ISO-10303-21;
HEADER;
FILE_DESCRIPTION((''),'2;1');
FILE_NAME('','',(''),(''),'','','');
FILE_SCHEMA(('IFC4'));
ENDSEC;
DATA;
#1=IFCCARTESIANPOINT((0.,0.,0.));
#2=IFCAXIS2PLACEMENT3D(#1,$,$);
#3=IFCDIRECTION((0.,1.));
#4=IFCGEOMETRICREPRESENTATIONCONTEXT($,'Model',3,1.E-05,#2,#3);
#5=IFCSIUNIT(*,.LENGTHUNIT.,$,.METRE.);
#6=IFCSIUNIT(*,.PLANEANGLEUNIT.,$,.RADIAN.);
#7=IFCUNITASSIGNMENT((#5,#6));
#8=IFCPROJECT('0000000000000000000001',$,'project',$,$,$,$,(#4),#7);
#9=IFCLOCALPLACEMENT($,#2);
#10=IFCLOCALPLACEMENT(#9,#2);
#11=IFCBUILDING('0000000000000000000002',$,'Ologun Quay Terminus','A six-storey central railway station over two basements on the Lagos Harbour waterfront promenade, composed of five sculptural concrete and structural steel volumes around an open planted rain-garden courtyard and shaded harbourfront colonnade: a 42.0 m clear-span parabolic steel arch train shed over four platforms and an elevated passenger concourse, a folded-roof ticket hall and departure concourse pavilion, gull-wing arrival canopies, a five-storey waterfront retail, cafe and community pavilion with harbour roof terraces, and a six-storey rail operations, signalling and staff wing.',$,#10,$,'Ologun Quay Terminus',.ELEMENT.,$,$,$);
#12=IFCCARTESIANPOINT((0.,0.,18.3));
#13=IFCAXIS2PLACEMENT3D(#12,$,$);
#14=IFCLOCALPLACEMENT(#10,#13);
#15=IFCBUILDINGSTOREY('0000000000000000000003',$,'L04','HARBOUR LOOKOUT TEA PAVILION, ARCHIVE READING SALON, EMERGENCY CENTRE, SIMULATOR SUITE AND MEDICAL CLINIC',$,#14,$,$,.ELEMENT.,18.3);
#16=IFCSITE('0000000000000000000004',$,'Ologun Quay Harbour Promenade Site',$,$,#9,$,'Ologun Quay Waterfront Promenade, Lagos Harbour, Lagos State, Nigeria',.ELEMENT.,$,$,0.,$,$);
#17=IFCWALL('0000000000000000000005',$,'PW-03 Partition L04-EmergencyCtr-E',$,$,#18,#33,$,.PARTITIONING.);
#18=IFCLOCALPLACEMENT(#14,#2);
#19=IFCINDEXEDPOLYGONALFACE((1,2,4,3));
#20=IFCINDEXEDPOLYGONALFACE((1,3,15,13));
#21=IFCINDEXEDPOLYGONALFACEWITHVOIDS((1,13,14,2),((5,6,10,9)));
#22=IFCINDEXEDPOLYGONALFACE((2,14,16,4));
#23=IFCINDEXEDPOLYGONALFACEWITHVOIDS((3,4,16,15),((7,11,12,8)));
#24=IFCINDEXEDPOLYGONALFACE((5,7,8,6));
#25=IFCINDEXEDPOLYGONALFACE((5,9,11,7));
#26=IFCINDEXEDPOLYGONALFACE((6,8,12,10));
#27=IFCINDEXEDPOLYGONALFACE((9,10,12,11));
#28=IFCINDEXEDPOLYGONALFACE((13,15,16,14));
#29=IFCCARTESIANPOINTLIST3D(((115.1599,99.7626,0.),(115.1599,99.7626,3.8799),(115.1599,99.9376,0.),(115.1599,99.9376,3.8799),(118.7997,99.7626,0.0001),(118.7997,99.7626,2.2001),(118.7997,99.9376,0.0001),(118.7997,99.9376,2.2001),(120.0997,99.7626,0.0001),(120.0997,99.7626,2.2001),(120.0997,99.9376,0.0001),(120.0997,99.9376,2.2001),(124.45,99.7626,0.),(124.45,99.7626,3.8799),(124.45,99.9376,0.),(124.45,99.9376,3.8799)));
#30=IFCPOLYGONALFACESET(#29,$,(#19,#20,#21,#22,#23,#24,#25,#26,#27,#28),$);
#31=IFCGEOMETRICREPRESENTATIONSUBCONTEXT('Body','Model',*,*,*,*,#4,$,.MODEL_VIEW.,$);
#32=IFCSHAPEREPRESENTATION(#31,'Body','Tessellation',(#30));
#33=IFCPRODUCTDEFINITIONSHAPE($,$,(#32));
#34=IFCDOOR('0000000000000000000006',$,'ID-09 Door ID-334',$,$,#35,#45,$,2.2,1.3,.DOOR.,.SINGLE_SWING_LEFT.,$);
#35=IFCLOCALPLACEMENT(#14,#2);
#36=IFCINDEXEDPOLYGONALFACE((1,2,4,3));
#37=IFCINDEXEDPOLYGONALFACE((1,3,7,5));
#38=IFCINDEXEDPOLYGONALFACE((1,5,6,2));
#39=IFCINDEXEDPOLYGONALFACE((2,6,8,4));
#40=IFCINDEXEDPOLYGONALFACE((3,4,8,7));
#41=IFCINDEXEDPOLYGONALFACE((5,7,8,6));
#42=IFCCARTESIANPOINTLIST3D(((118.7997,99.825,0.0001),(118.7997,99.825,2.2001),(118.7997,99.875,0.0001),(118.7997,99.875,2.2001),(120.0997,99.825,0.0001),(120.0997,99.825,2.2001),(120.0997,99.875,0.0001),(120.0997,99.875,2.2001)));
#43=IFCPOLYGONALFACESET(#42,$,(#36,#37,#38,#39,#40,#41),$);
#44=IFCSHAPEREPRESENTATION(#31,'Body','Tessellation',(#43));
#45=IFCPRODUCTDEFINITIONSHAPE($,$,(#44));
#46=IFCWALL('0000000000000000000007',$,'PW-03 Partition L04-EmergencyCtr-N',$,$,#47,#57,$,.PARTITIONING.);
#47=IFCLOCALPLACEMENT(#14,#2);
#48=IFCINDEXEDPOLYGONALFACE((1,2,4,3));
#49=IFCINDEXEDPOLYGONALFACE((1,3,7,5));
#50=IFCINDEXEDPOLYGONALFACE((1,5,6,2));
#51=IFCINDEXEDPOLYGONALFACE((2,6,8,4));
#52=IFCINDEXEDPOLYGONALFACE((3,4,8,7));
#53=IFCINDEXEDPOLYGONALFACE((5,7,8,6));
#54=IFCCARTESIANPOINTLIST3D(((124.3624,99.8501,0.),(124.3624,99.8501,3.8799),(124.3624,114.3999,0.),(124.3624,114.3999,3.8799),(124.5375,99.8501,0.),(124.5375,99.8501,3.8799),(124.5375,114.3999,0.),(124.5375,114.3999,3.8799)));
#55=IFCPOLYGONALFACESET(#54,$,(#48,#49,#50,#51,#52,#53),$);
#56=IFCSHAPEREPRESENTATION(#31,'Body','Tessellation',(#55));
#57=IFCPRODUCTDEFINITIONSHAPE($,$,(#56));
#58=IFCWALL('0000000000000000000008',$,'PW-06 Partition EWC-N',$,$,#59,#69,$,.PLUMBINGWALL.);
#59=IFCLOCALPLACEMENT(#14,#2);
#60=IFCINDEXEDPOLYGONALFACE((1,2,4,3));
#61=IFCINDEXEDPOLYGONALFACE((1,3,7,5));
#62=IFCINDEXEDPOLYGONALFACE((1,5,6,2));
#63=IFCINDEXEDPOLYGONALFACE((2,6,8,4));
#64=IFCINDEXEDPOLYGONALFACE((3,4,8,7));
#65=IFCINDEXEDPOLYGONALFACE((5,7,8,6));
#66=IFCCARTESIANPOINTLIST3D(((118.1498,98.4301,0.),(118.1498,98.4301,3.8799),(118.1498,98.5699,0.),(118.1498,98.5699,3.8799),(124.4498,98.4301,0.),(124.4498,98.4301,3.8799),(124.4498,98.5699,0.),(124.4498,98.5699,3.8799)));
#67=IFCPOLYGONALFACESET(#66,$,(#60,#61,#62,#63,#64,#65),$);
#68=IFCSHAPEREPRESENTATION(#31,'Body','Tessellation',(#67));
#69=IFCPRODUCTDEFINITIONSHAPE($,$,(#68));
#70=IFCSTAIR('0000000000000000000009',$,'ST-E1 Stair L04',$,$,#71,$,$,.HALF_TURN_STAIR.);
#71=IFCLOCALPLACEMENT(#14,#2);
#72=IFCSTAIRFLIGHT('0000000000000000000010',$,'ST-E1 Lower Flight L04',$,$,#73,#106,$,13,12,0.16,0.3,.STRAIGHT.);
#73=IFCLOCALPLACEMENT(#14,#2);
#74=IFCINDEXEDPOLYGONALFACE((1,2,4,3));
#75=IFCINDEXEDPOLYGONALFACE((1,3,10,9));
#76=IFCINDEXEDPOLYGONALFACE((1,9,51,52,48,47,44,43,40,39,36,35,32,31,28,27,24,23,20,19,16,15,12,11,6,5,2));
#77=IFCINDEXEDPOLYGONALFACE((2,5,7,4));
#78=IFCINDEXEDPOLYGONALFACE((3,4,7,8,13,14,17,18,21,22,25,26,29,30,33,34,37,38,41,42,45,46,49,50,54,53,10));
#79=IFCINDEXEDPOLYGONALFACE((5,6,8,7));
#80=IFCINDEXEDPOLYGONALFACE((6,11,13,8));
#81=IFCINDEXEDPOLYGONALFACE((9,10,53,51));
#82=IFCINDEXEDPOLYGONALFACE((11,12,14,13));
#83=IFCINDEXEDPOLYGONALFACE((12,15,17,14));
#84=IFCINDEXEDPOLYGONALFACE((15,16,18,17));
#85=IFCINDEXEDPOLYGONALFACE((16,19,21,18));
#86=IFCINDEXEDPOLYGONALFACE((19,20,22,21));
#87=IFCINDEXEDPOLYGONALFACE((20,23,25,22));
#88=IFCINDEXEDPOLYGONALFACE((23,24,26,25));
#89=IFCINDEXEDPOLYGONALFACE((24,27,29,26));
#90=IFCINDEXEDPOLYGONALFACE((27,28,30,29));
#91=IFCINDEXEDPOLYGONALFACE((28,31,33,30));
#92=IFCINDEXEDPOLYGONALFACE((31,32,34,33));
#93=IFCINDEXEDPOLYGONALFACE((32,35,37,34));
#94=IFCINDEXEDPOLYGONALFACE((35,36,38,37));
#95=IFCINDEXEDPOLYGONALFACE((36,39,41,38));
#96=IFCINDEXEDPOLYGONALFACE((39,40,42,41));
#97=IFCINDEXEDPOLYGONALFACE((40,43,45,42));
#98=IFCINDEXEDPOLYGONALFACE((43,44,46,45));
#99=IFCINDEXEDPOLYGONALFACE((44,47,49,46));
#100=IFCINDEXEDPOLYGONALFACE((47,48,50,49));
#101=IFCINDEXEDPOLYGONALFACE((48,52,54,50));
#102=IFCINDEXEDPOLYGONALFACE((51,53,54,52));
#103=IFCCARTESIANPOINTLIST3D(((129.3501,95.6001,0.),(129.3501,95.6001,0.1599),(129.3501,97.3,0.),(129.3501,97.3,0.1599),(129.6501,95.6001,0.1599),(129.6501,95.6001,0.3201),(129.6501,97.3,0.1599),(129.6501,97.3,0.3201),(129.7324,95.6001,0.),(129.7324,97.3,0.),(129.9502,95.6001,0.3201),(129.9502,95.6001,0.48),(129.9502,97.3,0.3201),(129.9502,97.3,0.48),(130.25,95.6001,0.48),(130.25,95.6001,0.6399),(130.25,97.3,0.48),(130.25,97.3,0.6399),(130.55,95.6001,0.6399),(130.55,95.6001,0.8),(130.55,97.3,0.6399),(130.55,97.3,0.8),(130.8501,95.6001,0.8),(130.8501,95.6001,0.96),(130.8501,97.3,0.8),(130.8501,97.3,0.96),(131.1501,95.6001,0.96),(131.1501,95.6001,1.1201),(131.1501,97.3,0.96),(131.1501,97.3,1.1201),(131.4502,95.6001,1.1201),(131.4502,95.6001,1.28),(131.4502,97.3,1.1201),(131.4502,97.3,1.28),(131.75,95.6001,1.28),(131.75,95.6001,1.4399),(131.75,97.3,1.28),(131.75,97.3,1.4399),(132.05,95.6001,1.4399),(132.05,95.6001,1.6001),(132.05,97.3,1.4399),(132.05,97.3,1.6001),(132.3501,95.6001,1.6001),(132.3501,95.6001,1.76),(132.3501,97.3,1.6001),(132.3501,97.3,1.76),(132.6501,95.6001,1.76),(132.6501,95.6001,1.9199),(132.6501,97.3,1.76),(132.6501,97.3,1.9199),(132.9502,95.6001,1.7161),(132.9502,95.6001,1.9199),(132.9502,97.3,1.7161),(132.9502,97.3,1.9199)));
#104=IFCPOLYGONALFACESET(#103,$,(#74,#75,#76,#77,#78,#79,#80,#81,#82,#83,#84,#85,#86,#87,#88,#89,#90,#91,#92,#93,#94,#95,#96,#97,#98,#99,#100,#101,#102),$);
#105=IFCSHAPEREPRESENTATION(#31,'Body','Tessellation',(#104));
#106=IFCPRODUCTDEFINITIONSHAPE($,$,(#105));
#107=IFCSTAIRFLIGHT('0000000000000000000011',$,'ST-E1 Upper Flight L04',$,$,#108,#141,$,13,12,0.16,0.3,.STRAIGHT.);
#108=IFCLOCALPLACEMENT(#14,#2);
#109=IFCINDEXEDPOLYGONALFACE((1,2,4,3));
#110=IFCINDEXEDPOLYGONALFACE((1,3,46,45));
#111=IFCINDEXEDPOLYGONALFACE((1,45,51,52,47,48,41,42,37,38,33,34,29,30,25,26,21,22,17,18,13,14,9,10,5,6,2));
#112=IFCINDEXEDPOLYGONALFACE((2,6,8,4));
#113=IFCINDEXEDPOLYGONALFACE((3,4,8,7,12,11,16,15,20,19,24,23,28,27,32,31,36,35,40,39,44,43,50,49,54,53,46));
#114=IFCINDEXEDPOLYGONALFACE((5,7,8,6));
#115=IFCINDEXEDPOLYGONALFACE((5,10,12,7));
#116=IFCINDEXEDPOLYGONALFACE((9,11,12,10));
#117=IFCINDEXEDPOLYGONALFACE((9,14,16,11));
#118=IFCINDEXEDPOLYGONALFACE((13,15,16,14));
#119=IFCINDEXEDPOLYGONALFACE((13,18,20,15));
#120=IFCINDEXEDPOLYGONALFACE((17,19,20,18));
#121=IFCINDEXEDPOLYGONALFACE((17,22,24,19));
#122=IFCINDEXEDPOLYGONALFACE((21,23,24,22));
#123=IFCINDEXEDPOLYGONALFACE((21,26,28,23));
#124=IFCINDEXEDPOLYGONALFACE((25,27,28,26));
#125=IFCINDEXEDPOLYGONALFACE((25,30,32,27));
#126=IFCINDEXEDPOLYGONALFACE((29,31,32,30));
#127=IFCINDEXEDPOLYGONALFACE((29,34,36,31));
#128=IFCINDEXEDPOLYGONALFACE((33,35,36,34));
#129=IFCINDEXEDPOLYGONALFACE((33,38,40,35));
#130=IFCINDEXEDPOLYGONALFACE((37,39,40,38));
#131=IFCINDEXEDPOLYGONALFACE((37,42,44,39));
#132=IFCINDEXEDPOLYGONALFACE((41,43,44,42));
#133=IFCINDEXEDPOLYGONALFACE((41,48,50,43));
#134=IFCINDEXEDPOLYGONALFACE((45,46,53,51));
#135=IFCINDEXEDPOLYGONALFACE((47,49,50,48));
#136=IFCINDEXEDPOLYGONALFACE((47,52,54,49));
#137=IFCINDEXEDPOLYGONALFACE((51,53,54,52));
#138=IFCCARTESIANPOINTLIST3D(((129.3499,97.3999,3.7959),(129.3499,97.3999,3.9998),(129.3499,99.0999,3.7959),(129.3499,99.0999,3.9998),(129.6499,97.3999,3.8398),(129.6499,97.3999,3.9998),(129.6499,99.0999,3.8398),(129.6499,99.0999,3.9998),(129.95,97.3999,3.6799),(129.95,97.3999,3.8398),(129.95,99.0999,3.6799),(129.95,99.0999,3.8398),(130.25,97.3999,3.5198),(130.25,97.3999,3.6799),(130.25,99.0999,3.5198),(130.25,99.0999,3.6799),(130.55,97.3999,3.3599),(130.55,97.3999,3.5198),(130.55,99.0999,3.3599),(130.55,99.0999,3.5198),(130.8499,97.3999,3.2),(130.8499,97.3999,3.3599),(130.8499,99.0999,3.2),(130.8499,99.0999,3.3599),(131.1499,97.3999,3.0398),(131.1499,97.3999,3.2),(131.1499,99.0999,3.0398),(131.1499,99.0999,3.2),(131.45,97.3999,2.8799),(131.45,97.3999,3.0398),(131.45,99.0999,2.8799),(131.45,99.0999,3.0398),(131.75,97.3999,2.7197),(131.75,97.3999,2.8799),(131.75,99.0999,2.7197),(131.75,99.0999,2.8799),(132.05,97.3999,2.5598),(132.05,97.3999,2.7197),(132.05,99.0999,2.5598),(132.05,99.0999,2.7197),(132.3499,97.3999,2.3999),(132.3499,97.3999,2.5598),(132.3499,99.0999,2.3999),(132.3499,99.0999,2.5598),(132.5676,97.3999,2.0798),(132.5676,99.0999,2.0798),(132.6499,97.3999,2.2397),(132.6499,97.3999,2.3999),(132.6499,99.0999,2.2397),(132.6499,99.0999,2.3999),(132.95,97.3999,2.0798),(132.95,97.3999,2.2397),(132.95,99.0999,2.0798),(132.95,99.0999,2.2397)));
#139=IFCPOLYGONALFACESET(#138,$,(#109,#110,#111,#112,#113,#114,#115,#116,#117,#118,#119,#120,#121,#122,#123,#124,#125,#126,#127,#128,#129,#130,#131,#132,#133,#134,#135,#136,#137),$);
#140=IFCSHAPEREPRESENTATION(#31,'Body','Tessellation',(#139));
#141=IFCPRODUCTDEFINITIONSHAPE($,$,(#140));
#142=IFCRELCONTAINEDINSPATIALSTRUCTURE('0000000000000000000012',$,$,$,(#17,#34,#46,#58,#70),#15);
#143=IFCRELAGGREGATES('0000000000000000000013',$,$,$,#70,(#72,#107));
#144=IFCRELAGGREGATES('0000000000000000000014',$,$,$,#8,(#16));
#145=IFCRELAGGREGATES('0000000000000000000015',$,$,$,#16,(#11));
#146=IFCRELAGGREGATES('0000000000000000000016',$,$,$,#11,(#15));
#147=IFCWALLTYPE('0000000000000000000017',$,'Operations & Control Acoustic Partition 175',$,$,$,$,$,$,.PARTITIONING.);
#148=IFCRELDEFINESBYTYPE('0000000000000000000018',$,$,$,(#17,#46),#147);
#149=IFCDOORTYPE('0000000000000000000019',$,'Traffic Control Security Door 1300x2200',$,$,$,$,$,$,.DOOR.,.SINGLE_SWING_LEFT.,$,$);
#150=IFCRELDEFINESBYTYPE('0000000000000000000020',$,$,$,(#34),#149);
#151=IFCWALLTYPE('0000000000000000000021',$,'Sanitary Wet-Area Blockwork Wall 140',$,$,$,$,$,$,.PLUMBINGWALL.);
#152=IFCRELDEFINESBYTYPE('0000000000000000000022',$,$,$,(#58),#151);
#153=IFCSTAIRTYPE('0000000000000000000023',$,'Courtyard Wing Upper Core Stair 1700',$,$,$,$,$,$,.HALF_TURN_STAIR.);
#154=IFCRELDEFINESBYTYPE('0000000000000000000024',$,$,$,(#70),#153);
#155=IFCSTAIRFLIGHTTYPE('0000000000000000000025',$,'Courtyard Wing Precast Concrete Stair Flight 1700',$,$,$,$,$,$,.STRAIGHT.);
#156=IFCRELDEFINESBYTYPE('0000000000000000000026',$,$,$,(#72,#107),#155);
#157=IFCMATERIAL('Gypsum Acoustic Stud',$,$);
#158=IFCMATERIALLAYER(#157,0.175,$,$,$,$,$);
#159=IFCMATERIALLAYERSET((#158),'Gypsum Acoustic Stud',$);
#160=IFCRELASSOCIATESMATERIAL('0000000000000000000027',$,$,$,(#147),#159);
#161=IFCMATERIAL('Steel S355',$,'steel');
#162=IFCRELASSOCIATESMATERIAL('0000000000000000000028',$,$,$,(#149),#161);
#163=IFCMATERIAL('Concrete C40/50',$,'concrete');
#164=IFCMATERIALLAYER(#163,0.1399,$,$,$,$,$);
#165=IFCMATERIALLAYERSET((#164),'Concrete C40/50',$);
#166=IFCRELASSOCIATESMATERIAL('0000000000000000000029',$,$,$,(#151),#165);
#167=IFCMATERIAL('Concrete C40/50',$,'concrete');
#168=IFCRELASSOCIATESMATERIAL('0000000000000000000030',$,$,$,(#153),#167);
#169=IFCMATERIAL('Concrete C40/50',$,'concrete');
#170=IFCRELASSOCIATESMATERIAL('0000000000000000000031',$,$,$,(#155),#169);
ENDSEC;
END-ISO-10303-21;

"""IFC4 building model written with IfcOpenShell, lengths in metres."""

from ifc_helpers import new_model, si_unit, direction, frame, frame_2d, origin, place, context, subcontext, project, spatial, polyline, rectangle, outline, extrude, material, layer, layer_set, type_object, element, fill, aggregate, save


model = new_model("IFC4")

# Units and contexts
model_context = context("Model", 3, precision=1e-05, world=origin(), true_north=direction((0.0, 1.0)))
body_context = subcontext(model_context, "Body", "Model", "MODEL_VIEW")
ifc_project = project(units=[si_unit("LENGTHUNIT", "METRE"), si_unit("PLANEANGLEUNIT", "RADIAN")], contexts=[model_context])

# Site, building, storey
site_placement = place(None, origin())
site = spatial("IfcSite", under=ifc_project, at=site_placement, Name="Ologun Quay Harbour Promenade Site", LongName="Ologun Quay Waterfront Promenade, Lagos Harbour, Lagos State, Nigeria", CompositionType="ELEMENT", RefElevation=0.0)
building_placement = place(site_placement, origin())
building = spatial("IfcBuilding", under=site, at=building_placement, Name="Ologun Quay Terminus", Description="A six-storey central railway station over two basements on the Lagos Harbour waterfront promenade, composed of five sculptural concrete and structural steel volumes around an open planted rain-garden courtyard and shaded harbourfront colonnade: a 42.0 m clear-span parabolic steel arch train shed over four platforms and an elevated passenger concourse, a folded-roof ticket hall and departure concourse pavilion, gull-wing arrival canopies, a five-storey waterfront retail, cafe and community pavilion with harbour roof terraces, and a six-storey rail operations, signalling and staff wing.", LongName="Ologun Quay Terminus", CompositionType="ELEMENT")
storey_placement = place(building_placement, frame((0.0, 0.0, 18.3)))
storey = spatial("IfcBuildingStorey", under=building, at=storey_placement, Name="L04", Description="HARBOUR LOOKOUT TEA PAVILION, ARCHIVE READING SALON, EMERGENCY CENTRE, SIMULATOR SUITE AND MEDICAL CLINIC", CompositionType="ELEMENT", Elevation=18.3)

# Wall, opening, door
ifc_material_1 = material(Name="Gypsum Acoustic Stud")
ifc_layer_1 = layer(ifc_material_1, 0.175)
ifc_layer_set_1 = layer_set([ifc_layer_1], Name="Gypsum Acoustic Stud")
wall_type_1 = type_object("IfcWallType", Name="Operations & Control Acoustic Partition 175", PredefinedType="PARTITIONING", material=ifc_layer_set_1)
wall_1_placement = place(storey_placement, frame((115.1599, 99.8501, 0.0), z_axis=(0.0, 0.0, 1.0), x_axis=(1.0, 0.0, 0.0)))
wall_1 = element("IfcWall", 1, at=wall_1_placement, inside=storey, type_object=wall_type_1, Name="PW-03 Partition L04-EmergencyCtr-E", PredefinedType="PARTITIONING", context=body_context, shape_type="SweptSolid", body=[
    extrude(rectangle(XDim=9.29, YDim=0.175, at=frame_2d((4.645, 0.0))), origin(), (0.0, 0.0, 1.0), 3.8799),
])
opening_1_placement = place(wall_1_placement, frame((3.6399, 0.0, 0.0)))
opening_1 = element("IfcOpeningElement", 2, at=opening_1_placement, cuts=wall_1, PredefinedType="OPENING", context=body_context, shape_type="SweptSolid", body=[
    extrude(rectangle(XDim=1.3, YDim=2.2, at=frame_2d((0.6499, 1.1001))), frame((0.0, 0.0977, 0.0), z_axis=(0.0, -1.0, 0.0), x_axis=(1.0, 0.0, 0.0)), (0.0, 0.0, 1.0), 0.1951),
])
ifc_material_2 = material(Name="Steel S355", Category="steel")
door_type_1 = type_object("IfcDoorType", Name="Traffic Control Security Door 1300x2200", OperationType="SINGLE_SWING_LEFT", PredefinedType="DOOR", material=ifc_material_2)
door_1_placement = place(opening_1_placement, origin())
door_1 = element("IfcDoor", 3, at=door_1_placement, inside=storey, type_object=door_type_1, Name="ID-09 Door ID-334", OperationType="SINGLE_SWING_LEFT", OverallHeight=2.2, OverallWidth=1.3, PredefinedType="DOOR", context=body_context, shape_type="SweptSolid", body=[
    extrude(rectangle(XDim=1.3, YDim=2.2, at=frame_2d((0.6499, 1.1001))), frame((0.0, 0.0249, 0.0), z_axis=(0.0, -1.0, 0.0), x_axis=(1.0, 0.0, 0.0)), (0.0, 0.0, 1.0), 0.05),
])
fill(opening_1, door_1)

# Walls
wall_2_placement = place(storey_placement, frame((124.45, 99.8501, 0.0), z_axis=(0.0, 0.0, 1.0), x_axis=(0.0, 1.0, 0.0)))
element("IfcWall", 4, at=wall_2_placement, inside=storey, type_object=wall_type_1, Name="PW-03 Partition L04-EmergencyCtr-N", PredefinedType="PARTITIONING", context=body_context, shape_type="SweptSolid", body=[
    extrude(rectangle(XDim=14.5498, YDim=0.175, at=frame_2d((7.2749, 0.0))), origin(), (0.0, 0.0, 1.0), 3.8799),
])
ifc_material_3 = material(Name="Concrete C40/50", Category="concrete")
ifc_layer_2 = layer(ifc_material_3, 0.1399)
ifc_layer_set_2 = layer_set([ifc_layer_2], Name="Concrete C40/50")
wall_type_2 = type_object("IfcWallType", Name="Sanitary Wet-Area Blockwork Wall 140", PredefinedType="PLUMBINGWALL", material=ifc_layer_set_2)
wall_3_placement = place(storey_placement, frame((118.1499, 98.5, 0.0), z_axis=(0.0, 0.0, 1.0), x_axis=(1.0, 0.0, 0.0)))
element("IfcWall", 5, at=wall_3_placement, inside=storey, type_object=wall_type_2, Name="PW-06 Partition EWC-N", PredefinedType="PLUMBINGWALL", context=body_context, shape_type="SweptSolid", body=[
    extrude(rectangle(XDim=6.3, YDim=0.1399, at=frame_2d((3.1499, 0.0))), origin(), (0.0, 0.0, 1.0), 3.8799),
])

# Stair, stair flights
ifc_material_4 = material(Name="Concrete C40/50", Category="concrete")
stair_type = type_object("IfcStairType", Name="Courtyard Wing Upper Core Stair 1700", PredefinedType="HALF_TURN_STAIR", material=ifc_material_4)
stair_placement = place(storey_placement, origin())
stair = element("IfcStair", 6, at=stair_placement, inside=storey, type_object=stair_type, Name="ST-E1 Stair L04", PredefinedType="HALF_TURN_STAIR")
ifc_material_5 = material(Name="Concrete C40/50", Category="concrete")
stair_flight_type = type_object("IfcStairFlightType", Name="Courtyard Wing Precast Concrete Stair Flight 1700", PredefinedType="STRAIGHT", material=ifc_material_5)
stair_flight_1_placement = place(storey_placement, frame((129.3501, 96.45, 0.0), z_axis=(0.0, 0.0, 1.0), x_axis=(1.0, 0.0, 0.0)))
stair_flight_1 = element("IfcStairFlight", 7, at=stair_flight_1_placement, type_object=stair_flight_type, Name="ST-E1 Lower Flight L04", NumberOfRisers=13, NumberOfTreads=12, PredefinedType="STRAIGHT", RiserHeight=0.16, TreadLength=0.3, context=body_context, shape_type="SweptSolid", body=[
    extrude(outline(polyline([(0.0, 0.0), (0.0, 0.1599), (0.3, 0.1599), (0.3, 0.3201), (0.6001, 0.3201), (0.6001, 0.48), (0.8999, 0.48), (0.8999, 0.6399), (1.2, 0.6399), (1.2, 0.8), (1.5, 0.8), (1.5, 0.96), (1.8, 0.96), (1.8, 1.1201), (2.1001, 1.1201), (2.1001, 1.28), (2.3999, 1.28), (2.3999, 1.4399), (2.7, 1.4399), (2.7, 1.6001), (3.0, 1.6001), (3.0, 1.76), (3.3, 1.76), (3.3, 1.9199), (3.6001, 1.9199), (3.6001, 2.0801), (3.6001, 1.7161), (0.3823, 0.0), (0.0, 0.0)])), frame((0.0, 0.8501, 0.0), z_axis=(0.0, -1.0, 0.0), x_axis=(1.0, 0.0, 0.0)), (0.0, 0.0, 1.0), 1.7),
])
stair_flight_2_placement = place(storey_placement, frame((132.95, 98.25, 2.0798), z_axis=(0.0, 0.0, 1.0), x_axis=(-1.0, 0.0, 0.0)))
stair_flight_2 = element("IfcStairFlight", 8, at=stair_flight_2_placement, type_object=stair_flight_type, Name="ST-E1 Upper Flight L04", NumberOfRisers=13, NumberOfTreads=12, PredefinedType="STRAIGHT", RiserHeight=0.16, TreadLength=0.3, context=body_context, shape_type="SweptSolid", body=[
    extrude(outline(polyline([(0.0, 0.0), (0.0, 0.1599), (0.3, 0.1599), (0.3, 0.3201), (0.6001, 0.3201), (0.6001, 0.48), (0.8999, 0.48), (0.8999, 0.6399), (1.2, 0.6399), (1.2, 0.8), (1.5, 0.8), (1.5, 0.96), (1.8, 0.96), (1.8, 1.1201), (2.1001, 1.1201), (2.1001, 1.28), (2.3999, 1.28), (2.3999, 1.4399), (2.7, 1.4399), (2.7, 1.6001), (3.0, 1.6001), (3.0, 1.76), (3.3, 1.76), (3.3, 1.9199), (3.6001, 1.9199), (3.6001, 2.0801), (3.6001, 1.7161), (0.3823, 0.0), (0.0, 0.0)])), frame((0.0, 0.8501, 0.0), z_axis=(0.0, -1.0, 0.0), x_axis=(1.0, 0.0, 0.0)), (0.0, 0.0, 1.0), 1.7),
])
aggregate(stair, [stair_flight_1, stair_flight_2])

save(model, "model.ifc")
